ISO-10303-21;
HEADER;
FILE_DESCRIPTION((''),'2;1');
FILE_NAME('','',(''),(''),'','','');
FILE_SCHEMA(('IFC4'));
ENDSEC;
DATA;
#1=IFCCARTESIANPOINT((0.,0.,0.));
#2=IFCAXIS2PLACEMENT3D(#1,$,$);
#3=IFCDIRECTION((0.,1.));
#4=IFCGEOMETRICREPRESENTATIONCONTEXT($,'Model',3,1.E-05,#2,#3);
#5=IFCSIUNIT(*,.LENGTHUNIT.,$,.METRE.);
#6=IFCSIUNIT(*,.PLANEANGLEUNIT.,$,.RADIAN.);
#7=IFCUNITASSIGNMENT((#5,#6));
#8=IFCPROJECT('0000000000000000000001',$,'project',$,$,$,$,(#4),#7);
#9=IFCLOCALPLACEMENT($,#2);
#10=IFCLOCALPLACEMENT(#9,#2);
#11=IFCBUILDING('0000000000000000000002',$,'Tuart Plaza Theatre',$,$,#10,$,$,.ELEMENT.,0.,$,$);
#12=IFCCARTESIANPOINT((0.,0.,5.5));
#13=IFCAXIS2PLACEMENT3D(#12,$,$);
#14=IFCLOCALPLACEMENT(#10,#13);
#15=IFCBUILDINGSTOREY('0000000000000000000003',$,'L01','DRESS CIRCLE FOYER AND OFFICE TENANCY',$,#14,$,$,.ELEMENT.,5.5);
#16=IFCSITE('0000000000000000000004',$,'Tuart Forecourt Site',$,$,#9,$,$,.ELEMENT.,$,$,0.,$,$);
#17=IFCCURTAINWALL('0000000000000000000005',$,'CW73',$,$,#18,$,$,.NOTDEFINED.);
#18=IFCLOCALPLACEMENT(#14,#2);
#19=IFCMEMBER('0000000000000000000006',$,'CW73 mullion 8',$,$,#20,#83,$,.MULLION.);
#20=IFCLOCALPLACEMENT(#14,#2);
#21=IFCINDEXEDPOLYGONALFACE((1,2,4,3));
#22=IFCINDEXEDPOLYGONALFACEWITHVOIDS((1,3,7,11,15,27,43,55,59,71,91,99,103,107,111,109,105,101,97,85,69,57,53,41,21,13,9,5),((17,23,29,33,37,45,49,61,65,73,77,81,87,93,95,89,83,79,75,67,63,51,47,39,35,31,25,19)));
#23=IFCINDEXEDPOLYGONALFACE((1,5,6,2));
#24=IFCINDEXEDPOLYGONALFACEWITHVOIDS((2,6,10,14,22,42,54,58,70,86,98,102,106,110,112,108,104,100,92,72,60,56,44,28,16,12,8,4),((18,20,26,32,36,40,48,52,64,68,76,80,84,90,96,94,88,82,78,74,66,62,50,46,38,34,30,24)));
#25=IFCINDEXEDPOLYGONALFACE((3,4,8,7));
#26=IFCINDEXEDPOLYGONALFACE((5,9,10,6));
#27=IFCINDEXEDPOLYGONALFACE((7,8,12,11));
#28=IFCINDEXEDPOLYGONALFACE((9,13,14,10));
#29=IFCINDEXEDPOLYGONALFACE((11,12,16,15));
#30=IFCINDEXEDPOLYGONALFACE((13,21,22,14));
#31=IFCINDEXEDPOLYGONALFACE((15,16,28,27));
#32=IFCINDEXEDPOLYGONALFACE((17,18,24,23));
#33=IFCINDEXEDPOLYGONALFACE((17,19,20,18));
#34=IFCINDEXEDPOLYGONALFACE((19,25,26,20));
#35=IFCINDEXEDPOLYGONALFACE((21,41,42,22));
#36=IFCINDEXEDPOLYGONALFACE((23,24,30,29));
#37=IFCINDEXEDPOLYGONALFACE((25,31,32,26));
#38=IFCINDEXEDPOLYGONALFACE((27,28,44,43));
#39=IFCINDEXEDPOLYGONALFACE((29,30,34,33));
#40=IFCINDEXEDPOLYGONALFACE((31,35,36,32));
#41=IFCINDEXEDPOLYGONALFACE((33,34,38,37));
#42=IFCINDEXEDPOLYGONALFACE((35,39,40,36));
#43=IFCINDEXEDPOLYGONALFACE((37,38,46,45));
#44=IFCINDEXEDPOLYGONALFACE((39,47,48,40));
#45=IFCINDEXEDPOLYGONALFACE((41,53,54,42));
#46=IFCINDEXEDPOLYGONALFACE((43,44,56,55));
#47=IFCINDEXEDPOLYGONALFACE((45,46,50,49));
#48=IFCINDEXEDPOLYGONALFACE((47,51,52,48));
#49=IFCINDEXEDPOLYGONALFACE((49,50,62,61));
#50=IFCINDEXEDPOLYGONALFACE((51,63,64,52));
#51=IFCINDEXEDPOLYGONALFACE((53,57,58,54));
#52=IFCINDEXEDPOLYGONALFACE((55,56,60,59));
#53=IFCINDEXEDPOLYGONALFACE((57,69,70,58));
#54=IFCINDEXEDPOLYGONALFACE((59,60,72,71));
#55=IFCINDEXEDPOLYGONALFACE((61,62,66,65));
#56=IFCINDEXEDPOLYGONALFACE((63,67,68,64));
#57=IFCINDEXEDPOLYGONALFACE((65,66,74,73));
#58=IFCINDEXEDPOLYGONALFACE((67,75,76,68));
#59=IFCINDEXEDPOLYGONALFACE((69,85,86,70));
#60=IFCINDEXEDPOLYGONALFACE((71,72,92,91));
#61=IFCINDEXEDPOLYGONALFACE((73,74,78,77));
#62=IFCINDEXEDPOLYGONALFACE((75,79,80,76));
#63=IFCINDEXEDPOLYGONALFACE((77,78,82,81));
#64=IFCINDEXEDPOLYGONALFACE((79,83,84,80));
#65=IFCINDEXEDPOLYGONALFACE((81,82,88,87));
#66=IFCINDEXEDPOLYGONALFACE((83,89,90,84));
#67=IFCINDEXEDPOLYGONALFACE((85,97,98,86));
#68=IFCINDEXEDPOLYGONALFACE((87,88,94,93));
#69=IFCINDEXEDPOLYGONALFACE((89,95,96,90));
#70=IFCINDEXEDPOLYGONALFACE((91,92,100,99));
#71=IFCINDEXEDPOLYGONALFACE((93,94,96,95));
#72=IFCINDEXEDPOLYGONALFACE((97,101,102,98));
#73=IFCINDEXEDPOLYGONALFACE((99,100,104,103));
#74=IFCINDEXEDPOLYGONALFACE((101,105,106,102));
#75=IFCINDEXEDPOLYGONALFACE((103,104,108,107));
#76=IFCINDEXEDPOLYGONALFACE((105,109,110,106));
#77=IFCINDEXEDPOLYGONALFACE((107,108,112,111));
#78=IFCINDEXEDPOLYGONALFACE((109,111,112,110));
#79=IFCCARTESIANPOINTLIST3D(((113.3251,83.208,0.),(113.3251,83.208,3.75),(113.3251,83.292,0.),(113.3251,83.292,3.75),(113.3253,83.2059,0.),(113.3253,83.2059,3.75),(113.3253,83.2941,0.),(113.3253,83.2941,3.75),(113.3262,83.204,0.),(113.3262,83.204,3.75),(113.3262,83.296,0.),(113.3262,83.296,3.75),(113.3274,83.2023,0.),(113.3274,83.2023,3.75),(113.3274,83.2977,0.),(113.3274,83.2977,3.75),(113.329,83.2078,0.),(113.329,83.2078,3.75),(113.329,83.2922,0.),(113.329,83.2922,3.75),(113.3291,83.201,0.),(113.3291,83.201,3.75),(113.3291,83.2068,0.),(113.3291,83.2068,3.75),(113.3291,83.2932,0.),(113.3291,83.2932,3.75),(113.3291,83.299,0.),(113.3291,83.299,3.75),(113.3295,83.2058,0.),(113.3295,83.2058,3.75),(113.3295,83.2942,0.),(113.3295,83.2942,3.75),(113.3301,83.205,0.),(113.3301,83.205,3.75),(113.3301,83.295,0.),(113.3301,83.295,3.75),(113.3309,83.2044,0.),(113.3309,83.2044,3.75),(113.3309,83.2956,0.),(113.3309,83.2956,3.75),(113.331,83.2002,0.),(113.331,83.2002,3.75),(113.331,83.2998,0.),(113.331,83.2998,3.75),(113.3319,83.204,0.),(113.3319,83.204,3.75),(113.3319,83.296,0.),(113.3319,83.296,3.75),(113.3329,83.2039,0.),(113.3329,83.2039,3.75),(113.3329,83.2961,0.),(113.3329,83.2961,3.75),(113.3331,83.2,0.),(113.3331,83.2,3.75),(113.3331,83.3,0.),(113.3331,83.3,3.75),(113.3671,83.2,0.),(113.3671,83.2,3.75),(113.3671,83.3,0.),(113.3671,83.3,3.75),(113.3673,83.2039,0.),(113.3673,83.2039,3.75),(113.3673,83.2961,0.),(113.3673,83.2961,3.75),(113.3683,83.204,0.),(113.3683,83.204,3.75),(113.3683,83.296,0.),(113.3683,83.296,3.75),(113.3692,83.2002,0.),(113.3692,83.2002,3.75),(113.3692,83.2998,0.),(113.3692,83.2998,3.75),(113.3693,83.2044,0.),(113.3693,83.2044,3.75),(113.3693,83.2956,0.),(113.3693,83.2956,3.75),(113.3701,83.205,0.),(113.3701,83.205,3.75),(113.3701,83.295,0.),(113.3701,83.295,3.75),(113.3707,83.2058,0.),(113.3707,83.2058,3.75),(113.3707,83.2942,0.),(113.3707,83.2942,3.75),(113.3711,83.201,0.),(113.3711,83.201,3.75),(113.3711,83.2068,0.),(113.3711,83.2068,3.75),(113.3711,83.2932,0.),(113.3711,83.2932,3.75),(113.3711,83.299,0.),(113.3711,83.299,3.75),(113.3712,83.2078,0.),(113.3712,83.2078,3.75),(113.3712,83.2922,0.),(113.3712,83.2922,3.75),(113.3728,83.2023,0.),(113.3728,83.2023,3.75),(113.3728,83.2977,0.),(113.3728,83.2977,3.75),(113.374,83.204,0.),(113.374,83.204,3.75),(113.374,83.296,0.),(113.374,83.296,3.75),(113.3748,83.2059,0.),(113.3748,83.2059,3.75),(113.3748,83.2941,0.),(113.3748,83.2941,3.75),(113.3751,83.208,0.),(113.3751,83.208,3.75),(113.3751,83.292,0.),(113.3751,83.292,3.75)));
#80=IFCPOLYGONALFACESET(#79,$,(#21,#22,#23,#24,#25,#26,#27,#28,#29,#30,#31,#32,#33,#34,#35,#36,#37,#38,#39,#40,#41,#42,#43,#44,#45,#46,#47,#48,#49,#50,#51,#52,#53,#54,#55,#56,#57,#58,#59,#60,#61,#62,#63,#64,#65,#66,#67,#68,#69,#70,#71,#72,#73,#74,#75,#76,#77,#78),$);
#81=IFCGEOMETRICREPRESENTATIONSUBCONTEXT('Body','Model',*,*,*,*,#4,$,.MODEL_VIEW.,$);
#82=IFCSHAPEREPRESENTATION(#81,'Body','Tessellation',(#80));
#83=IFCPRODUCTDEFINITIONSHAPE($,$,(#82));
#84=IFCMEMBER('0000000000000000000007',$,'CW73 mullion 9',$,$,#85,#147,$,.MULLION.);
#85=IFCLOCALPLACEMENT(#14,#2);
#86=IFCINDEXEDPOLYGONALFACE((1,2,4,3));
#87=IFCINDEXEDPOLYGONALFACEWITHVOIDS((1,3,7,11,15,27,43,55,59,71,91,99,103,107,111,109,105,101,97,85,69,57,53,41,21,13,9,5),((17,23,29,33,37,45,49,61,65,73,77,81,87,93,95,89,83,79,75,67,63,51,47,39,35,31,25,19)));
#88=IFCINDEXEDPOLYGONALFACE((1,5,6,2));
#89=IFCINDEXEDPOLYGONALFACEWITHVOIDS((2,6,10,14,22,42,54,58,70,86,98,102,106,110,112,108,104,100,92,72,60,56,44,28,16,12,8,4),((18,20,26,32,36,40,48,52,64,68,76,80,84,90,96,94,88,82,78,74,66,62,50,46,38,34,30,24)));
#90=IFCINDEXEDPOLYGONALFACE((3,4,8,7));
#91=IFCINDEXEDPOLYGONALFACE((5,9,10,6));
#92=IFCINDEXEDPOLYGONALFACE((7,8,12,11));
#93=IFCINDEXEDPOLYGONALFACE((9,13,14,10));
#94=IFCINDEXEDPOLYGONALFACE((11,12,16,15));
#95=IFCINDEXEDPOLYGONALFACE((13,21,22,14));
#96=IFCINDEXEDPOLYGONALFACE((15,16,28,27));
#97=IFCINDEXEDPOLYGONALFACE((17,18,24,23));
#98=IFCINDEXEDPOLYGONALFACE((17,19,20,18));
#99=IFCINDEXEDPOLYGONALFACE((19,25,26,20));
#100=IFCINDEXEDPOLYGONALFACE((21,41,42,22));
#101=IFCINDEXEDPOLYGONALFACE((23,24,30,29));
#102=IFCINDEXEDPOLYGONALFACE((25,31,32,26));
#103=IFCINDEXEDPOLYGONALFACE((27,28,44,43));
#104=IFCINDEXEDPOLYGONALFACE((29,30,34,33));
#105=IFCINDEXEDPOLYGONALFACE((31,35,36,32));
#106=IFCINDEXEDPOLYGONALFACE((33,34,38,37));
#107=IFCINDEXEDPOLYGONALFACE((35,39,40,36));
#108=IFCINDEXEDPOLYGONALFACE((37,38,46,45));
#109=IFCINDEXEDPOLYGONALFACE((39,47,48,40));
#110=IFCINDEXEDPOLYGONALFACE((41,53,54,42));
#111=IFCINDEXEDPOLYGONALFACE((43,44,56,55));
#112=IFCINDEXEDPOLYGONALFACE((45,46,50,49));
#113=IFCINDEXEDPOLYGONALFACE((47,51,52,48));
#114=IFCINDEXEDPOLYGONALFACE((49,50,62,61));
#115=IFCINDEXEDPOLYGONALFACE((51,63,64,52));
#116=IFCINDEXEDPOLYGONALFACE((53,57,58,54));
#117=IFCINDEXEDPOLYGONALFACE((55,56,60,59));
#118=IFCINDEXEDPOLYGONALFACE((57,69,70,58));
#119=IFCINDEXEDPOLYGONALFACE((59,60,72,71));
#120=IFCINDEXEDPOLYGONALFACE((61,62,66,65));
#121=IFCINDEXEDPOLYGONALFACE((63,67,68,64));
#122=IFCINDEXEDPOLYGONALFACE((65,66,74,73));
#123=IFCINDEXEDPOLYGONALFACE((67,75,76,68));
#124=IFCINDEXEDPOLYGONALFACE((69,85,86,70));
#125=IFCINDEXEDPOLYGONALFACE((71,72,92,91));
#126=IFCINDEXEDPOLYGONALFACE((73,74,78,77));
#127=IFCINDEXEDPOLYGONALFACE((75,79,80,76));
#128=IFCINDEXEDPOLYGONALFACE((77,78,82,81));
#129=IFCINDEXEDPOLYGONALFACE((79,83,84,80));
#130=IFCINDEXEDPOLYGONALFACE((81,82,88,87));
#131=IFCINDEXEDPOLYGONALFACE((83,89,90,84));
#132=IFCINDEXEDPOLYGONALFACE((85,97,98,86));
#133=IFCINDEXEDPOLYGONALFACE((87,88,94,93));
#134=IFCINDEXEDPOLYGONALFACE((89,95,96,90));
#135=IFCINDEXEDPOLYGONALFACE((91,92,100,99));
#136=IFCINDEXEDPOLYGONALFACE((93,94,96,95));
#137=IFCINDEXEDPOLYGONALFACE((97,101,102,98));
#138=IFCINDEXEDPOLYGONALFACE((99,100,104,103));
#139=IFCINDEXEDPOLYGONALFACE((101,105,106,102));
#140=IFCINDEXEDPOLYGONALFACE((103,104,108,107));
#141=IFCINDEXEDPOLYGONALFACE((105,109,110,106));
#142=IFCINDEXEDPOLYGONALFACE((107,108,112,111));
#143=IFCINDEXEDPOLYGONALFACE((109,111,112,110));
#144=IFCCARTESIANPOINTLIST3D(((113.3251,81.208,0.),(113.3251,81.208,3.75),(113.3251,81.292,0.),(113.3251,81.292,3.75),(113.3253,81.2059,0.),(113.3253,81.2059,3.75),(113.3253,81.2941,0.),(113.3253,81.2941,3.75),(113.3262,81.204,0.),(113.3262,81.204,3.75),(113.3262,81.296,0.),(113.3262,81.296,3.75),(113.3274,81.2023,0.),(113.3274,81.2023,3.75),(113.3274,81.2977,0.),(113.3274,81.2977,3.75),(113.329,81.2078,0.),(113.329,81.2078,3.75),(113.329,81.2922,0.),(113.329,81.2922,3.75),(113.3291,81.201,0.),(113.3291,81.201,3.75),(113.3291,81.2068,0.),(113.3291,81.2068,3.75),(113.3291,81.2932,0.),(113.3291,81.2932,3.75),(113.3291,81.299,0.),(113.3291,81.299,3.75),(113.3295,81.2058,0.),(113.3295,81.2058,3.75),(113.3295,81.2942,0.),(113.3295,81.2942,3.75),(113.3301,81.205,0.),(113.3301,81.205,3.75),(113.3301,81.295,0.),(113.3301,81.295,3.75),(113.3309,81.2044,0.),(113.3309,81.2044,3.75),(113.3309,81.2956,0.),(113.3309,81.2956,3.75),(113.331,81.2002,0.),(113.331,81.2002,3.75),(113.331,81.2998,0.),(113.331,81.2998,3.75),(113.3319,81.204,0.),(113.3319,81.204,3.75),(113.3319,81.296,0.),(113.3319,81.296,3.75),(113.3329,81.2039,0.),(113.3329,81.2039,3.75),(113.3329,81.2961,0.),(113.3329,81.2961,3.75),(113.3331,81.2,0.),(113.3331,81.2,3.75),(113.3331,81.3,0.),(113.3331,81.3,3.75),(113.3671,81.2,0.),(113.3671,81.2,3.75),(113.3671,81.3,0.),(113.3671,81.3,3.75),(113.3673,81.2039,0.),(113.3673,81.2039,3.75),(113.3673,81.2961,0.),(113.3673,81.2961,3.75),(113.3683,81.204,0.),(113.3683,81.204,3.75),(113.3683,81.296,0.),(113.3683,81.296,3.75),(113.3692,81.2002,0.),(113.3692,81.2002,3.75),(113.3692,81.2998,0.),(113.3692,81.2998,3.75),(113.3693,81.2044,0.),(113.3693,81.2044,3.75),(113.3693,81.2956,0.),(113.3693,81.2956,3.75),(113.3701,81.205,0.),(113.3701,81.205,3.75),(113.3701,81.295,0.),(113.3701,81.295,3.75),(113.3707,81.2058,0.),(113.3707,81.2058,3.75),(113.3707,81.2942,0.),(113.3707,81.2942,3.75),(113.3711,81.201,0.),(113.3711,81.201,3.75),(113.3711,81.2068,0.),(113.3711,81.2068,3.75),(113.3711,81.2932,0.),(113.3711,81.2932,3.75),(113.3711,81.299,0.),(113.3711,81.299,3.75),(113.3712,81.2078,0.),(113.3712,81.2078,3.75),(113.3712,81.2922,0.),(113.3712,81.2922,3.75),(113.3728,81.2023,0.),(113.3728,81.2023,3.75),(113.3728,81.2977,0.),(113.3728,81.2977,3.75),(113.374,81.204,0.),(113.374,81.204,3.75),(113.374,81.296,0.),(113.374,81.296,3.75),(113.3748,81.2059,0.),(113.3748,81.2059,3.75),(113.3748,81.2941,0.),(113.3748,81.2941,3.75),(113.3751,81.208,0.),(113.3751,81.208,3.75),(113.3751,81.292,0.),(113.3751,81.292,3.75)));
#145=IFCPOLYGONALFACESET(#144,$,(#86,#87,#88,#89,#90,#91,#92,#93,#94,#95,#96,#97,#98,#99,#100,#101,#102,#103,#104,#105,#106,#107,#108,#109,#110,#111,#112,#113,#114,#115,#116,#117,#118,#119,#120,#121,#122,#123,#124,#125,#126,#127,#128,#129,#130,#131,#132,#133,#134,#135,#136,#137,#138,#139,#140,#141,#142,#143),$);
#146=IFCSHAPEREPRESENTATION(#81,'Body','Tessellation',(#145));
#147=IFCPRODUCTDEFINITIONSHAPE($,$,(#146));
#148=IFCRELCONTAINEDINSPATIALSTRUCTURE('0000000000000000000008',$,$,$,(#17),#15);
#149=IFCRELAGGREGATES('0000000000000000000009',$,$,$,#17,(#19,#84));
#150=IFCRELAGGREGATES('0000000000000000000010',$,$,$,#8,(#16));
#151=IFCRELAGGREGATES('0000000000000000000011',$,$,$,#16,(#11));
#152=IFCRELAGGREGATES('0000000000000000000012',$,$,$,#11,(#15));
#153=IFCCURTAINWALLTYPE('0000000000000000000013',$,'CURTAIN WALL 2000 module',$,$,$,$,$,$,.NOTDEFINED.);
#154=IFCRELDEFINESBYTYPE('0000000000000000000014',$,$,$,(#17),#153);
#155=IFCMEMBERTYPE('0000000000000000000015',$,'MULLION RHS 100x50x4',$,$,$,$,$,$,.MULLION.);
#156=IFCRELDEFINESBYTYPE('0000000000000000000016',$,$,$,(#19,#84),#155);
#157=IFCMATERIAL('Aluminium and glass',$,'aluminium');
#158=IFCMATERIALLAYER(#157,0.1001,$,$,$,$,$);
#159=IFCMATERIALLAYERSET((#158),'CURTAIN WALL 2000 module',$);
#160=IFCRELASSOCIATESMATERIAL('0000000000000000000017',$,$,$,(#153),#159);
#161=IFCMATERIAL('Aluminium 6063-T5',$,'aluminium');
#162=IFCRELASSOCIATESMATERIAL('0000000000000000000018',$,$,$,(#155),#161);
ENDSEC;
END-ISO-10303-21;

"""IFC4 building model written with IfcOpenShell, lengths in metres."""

from ifc_helpers import new_model, si_unit, direction, frame, origin, origin_2d, place, context, subcontext, project, spatial, hollow_rectangle, extrude, material, layer, layer_set, material_profile, profile_set, type_object, element, aggregate, save


model = new_model("IFC4")

# Units and contexts
model_context = context("Model", 3, precision=1e-05, world=origin(), true_north=direction((0.0, 1.0)))
body_context = subcontext(model_context, "Body", "Model", "MODEL_VIEW")
ifc_project = project(units=[si_unit("LENGTHUNIT", "METRE"), si_unit("PLANEANGLEUNIT", "RADIAN")], contexts=[model_context])

# Site, building, storey
site_placement = place(None, origin())
site = spatial("IfcSite", under=ifc_project, at=site_placement, Name="Tuart Forecourt Site", CompositionType="ELEMENT", RefElevation=0.0)
building_placement = place(site_placement, origin())
building = spatial("IfcBuilding", under=site, at=building_placement, Name="Tuart Plaza Theatre", CompositionType="ELEMENT", ElevationOfRefHeight=0.0)
storey_placement = place(building_placement, frame((0.0, 0.0, 5.5)))
storey = spatial("IfcBuildingStorey", under=building, at=storey_placement, Name="L01", Description="DRESS CIRCLE FOYER AND OFFICE TENANCY", CompositionType="ELEMENT", Elevation=5.5)

# Curtain wall, members
ifc_material_1 = material(Name="Aluminium and glass", Category="aluminium")
ifc_layer_1 = layer(ifc_material_1, 0.1001)
ifc_layer_set_1 = layer_set([ifc_layer_1], Name="CURTAIN WALL 2000 module")
curtain_wall_type = type_object("IfcCurtainWallType", Name="CURTAIN WALL 2000 module", PredefinedType="NOTDEFINED", material=ifc_layer_set_1)
curtain_wall_placement = place(storey_placement, origin())
curtain_wall = element("IfcCurtainWall", 1, at=curtain_wall_placement, inside=storey, type_object=curtain_wall_type, Name="CW73", PredefinedType="NOTDEFINED")
ifc_material_2 = material(Name="Aluminium 6063-T5", Category="aluminium")
ifc_material_profile_1 = material_profile(ifc_material_2, hollow_rectangle(XDim=0.05, YDim=0.1001, WallThickness=0.0039, InnerFilletRadius=0.0039, OuterFilletRadius=0.0081, at=origin_2d()), Name="RHS 100x50x4")
ifc_profile_set_1 = profile_set([ifc_material_profile_1], Name="Aluminium 6063-T5")
member_type_1 = type_object("IfcMemberType", Name="MULLION RHS 100x50x4", PredefinedType="MULLION", material=ifc_profile_set_1)
member_1_placement = place(storey_placement, frame((113.3501, 83.25, 0.0), z_axis=(0.0, 0.0, 1.0), x_axis=(1.0, 0.0, 0.0)))
member_1 = element("IfcMember", 2, at=member_1_placement, type_object=member_type_1, Name="CW73 mullion 8", PredefinedType="MULLION", context=body_context, shape_type="SweptSolid", body=[
    extrude(hollow_rectangle(XDim=0.05, YDim=0.1001, WallThickness=0.0039, InnerFilletRadius=0.0039, OuterFilletRadius=0.0081, at=origin_2d()), origin(), (0.0, 0.0, 1.0), 3.75),
])
member_2_placement = place(storey_placement, frame((113.3501, 81.25, 0.0), z_axis=(0.0, 0.0, 1.0), x_axis=(1.0, 0.0, 0.0)))
member_2 = element("IfcMember", 3, at=member_2_placement, type_object=member_type_1, Name="CW73 mullion 9", PredefinedType="MULLION", context=body_context, shape_type="SweptSolid", body=[
    extrude(hollow_rectangle(XDim=0.05, YDim=0.1001, WallThickness=0.0039, InnerFilletRadius=0.0039, OuterFilletRadius=0.0081, at=origin_2d()), origin(), (0.0, 0.0, 1.0), 3.75),
])
aggregate(curtain_wall, [member_1, member_2])

save(model, "model.ifc")
